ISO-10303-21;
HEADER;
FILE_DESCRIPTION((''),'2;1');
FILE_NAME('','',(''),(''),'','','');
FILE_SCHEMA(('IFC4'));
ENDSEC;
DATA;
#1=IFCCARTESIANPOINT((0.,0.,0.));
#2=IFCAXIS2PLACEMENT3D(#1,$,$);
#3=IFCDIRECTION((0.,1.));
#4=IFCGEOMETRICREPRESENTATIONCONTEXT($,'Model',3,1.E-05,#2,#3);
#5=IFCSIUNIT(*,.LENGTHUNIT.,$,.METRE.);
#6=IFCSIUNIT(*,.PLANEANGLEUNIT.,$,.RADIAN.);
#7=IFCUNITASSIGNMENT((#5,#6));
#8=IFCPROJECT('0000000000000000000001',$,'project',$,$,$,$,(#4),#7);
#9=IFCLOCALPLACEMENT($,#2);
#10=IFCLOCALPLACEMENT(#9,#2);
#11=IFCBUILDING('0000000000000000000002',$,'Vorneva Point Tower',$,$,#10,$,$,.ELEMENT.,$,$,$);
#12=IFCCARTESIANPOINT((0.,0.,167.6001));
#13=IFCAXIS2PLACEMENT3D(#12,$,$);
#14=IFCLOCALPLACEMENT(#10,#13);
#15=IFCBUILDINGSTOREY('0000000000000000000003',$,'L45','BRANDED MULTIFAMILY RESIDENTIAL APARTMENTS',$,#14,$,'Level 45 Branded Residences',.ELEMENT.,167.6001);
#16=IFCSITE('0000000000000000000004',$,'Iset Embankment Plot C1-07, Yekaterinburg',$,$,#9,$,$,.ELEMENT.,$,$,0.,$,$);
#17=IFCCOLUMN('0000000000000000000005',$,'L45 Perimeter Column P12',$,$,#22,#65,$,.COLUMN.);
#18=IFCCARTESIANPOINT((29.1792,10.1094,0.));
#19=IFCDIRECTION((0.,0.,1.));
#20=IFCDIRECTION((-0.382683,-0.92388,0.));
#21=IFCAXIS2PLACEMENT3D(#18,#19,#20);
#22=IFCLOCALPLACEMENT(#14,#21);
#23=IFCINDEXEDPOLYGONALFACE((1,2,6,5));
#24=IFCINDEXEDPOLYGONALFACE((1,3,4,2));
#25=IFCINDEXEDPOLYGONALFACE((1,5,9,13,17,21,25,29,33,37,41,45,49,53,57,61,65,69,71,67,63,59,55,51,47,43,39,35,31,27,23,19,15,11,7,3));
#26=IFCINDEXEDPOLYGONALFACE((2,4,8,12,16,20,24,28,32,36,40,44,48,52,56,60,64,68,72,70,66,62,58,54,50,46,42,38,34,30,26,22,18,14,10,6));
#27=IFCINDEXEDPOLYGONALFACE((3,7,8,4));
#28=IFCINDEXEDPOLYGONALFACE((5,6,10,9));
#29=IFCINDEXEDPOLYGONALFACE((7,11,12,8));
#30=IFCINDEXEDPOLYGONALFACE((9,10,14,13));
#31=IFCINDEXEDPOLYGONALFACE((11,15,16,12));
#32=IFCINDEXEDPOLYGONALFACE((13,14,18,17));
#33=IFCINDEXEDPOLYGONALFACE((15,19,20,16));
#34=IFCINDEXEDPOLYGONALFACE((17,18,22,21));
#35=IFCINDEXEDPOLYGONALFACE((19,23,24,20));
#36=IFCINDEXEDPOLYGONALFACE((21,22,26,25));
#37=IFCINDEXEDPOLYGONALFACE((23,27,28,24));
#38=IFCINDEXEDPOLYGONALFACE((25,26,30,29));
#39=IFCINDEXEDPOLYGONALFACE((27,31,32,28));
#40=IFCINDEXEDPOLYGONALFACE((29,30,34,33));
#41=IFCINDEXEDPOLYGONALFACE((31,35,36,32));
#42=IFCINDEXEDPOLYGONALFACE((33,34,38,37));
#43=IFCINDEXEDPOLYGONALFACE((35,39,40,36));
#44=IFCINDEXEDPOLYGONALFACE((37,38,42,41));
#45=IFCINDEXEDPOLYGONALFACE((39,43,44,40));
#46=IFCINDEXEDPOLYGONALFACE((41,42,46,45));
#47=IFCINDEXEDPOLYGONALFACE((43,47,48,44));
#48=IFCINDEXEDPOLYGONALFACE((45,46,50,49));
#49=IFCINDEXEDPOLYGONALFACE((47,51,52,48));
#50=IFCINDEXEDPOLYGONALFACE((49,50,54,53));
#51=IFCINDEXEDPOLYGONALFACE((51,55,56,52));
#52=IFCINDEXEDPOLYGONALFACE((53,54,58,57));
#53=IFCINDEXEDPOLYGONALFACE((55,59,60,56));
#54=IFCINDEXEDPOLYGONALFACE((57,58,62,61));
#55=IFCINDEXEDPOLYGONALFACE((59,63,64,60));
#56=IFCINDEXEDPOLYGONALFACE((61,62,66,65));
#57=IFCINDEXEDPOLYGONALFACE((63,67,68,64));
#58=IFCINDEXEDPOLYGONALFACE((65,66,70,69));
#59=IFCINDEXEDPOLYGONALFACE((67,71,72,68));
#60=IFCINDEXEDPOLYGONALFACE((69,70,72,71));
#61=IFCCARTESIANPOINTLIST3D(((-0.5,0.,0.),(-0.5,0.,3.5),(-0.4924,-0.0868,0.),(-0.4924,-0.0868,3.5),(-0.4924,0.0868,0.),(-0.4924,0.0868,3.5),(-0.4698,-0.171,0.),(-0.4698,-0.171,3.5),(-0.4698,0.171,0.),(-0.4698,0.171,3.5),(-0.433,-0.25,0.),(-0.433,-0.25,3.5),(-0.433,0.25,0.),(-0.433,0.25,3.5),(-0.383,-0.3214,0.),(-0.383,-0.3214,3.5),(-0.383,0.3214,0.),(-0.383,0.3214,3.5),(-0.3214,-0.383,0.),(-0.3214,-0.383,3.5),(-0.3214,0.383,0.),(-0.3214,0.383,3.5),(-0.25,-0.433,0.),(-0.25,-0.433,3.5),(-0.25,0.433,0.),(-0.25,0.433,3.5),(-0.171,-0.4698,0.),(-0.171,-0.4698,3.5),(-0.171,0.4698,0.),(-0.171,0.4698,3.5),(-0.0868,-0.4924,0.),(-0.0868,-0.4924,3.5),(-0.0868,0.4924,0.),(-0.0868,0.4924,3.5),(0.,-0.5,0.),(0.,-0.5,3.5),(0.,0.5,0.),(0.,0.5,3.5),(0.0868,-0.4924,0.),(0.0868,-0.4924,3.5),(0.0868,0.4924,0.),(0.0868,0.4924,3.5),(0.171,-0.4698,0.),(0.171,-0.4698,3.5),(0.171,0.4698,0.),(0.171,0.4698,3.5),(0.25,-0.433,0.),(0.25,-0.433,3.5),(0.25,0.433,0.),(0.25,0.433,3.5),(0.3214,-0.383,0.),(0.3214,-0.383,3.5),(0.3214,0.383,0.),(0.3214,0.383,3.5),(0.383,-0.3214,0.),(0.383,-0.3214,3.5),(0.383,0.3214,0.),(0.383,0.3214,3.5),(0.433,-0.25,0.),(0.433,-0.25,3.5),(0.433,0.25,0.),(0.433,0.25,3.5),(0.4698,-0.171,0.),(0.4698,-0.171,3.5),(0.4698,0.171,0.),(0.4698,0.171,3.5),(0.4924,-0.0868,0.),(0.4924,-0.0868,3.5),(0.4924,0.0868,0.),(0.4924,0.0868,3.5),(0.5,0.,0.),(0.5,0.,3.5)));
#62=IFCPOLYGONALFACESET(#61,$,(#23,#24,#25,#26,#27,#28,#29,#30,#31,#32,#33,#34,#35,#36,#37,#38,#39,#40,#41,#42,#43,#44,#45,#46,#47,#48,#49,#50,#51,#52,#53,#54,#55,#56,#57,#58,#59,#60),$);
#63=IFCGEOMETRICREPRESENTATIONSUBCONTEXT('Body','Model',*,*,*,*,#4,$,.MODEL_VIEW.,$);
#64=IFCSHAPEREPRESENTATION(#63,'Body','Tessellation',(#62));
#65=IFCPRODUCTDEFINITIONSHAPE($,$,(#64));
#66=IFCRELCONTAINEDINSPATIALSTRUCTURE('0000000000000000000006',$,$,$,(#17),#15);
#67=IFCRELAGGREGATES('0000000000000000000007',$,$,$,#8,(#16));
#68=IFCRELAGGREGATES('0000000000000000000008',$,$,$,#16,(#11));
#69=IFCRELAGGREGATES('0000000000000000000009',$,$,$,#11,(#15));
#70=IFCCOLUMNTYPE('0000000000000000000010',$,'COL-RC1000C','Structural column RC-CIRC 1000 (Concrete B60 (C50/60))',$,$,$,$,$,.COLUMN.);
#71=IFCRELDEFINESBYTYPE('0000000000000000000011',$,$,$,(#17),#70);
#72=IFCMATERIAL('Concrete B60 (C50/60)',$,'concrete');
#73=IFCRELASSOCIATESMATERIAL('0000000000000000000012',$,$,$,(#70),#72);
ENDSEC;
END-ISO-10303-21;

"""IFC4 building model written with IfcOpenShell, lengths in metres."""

from ifc_helpers import new_model, si_unit, direction, frame, origin, origin_2d, place, context, subcontext, project, spatial, circle, extrude, material, material_profile, profile_set, type_object, element, save


model = new_model("IFC4")

# Units and contexts
model_context = context("Model", 3, precision=1e-05, world=origin(), true_north=direction((0.0, 1.0)))
body_context = subcontext(model_context, "Body", "Model", "MODEL_VIEW")
ifc_project = project(units=[si_unit("LENGTHUNIT", "METRE"), si_unit("PLANEANGLEUNIT", "RADIAN")], contexts=[model_context])

# Site, building, storey
site_placement = place(None, origin())
site = spatial("IfcSite", under=ifc_project, at=site_placement, Name="Iset Embankment Plot C1-07, Yekaterinburg", CompositionType="ELEMENT", RefElevation=0.0)
building_placement = place(site_placement, origin())
building = spatial("IfcBuilding", under=site, at=building_placement, Name="Vorneva Point Tower", CompositionType="ELEMENT")
storey_placement = place(building_placement, frame((0.0, 0.0, 167.6001)))
storey = spatial("IfcBuildingStorey", under=building, at=storey_placement, Name="L45", Description="BRANDED MULTIFAMILY RESIDENTIAL APARTMENTS", LongName="Level 45 Branded Residences", CompositionType="ELEMENT", Elevation=167.6001)

# Column
ifc_material_1 = material(Name="Concrete B60 (C50/60)", Category="concrete")
ifc_material_profile_1 = material_profile(ifc_material_1, circle(Radius=0.5, at=origin_2d()), Name="RC-CIRC 1000")
ifc_profile_set_1 = profile_set([ifc_material_profile_1], Name="Concrete B60 (C50/60)")
column_type = type_object("IfcColumnType", Name="COL-RC1000C", Description="Structural column RC-CIRC 1000 (Concrete B60 (C50/60))", PredefinedType="COLUMN", material=ifc_profile_set_1)
column_placement = place(storey_placement, frame((29.1792, 10.1094, 0.0), z_axis=(0.0, 0.0, 1.0), x_axis=(-0.382683, -0.92388, 0.0)))
element("IfcColumn", 1, at=column_placement, inside=storey, type_object=column_type, Name="L45 Perimeter Column P12", PredefinedType="COLUMN", context=body_context, shape_type="SweptSolid", body=[
    extrude(circle(Radius=0.5, at=origin_2d()), origin(), (0.0, 0.0, 1.0), 3.5),
])

save(model, "model.ifc")
